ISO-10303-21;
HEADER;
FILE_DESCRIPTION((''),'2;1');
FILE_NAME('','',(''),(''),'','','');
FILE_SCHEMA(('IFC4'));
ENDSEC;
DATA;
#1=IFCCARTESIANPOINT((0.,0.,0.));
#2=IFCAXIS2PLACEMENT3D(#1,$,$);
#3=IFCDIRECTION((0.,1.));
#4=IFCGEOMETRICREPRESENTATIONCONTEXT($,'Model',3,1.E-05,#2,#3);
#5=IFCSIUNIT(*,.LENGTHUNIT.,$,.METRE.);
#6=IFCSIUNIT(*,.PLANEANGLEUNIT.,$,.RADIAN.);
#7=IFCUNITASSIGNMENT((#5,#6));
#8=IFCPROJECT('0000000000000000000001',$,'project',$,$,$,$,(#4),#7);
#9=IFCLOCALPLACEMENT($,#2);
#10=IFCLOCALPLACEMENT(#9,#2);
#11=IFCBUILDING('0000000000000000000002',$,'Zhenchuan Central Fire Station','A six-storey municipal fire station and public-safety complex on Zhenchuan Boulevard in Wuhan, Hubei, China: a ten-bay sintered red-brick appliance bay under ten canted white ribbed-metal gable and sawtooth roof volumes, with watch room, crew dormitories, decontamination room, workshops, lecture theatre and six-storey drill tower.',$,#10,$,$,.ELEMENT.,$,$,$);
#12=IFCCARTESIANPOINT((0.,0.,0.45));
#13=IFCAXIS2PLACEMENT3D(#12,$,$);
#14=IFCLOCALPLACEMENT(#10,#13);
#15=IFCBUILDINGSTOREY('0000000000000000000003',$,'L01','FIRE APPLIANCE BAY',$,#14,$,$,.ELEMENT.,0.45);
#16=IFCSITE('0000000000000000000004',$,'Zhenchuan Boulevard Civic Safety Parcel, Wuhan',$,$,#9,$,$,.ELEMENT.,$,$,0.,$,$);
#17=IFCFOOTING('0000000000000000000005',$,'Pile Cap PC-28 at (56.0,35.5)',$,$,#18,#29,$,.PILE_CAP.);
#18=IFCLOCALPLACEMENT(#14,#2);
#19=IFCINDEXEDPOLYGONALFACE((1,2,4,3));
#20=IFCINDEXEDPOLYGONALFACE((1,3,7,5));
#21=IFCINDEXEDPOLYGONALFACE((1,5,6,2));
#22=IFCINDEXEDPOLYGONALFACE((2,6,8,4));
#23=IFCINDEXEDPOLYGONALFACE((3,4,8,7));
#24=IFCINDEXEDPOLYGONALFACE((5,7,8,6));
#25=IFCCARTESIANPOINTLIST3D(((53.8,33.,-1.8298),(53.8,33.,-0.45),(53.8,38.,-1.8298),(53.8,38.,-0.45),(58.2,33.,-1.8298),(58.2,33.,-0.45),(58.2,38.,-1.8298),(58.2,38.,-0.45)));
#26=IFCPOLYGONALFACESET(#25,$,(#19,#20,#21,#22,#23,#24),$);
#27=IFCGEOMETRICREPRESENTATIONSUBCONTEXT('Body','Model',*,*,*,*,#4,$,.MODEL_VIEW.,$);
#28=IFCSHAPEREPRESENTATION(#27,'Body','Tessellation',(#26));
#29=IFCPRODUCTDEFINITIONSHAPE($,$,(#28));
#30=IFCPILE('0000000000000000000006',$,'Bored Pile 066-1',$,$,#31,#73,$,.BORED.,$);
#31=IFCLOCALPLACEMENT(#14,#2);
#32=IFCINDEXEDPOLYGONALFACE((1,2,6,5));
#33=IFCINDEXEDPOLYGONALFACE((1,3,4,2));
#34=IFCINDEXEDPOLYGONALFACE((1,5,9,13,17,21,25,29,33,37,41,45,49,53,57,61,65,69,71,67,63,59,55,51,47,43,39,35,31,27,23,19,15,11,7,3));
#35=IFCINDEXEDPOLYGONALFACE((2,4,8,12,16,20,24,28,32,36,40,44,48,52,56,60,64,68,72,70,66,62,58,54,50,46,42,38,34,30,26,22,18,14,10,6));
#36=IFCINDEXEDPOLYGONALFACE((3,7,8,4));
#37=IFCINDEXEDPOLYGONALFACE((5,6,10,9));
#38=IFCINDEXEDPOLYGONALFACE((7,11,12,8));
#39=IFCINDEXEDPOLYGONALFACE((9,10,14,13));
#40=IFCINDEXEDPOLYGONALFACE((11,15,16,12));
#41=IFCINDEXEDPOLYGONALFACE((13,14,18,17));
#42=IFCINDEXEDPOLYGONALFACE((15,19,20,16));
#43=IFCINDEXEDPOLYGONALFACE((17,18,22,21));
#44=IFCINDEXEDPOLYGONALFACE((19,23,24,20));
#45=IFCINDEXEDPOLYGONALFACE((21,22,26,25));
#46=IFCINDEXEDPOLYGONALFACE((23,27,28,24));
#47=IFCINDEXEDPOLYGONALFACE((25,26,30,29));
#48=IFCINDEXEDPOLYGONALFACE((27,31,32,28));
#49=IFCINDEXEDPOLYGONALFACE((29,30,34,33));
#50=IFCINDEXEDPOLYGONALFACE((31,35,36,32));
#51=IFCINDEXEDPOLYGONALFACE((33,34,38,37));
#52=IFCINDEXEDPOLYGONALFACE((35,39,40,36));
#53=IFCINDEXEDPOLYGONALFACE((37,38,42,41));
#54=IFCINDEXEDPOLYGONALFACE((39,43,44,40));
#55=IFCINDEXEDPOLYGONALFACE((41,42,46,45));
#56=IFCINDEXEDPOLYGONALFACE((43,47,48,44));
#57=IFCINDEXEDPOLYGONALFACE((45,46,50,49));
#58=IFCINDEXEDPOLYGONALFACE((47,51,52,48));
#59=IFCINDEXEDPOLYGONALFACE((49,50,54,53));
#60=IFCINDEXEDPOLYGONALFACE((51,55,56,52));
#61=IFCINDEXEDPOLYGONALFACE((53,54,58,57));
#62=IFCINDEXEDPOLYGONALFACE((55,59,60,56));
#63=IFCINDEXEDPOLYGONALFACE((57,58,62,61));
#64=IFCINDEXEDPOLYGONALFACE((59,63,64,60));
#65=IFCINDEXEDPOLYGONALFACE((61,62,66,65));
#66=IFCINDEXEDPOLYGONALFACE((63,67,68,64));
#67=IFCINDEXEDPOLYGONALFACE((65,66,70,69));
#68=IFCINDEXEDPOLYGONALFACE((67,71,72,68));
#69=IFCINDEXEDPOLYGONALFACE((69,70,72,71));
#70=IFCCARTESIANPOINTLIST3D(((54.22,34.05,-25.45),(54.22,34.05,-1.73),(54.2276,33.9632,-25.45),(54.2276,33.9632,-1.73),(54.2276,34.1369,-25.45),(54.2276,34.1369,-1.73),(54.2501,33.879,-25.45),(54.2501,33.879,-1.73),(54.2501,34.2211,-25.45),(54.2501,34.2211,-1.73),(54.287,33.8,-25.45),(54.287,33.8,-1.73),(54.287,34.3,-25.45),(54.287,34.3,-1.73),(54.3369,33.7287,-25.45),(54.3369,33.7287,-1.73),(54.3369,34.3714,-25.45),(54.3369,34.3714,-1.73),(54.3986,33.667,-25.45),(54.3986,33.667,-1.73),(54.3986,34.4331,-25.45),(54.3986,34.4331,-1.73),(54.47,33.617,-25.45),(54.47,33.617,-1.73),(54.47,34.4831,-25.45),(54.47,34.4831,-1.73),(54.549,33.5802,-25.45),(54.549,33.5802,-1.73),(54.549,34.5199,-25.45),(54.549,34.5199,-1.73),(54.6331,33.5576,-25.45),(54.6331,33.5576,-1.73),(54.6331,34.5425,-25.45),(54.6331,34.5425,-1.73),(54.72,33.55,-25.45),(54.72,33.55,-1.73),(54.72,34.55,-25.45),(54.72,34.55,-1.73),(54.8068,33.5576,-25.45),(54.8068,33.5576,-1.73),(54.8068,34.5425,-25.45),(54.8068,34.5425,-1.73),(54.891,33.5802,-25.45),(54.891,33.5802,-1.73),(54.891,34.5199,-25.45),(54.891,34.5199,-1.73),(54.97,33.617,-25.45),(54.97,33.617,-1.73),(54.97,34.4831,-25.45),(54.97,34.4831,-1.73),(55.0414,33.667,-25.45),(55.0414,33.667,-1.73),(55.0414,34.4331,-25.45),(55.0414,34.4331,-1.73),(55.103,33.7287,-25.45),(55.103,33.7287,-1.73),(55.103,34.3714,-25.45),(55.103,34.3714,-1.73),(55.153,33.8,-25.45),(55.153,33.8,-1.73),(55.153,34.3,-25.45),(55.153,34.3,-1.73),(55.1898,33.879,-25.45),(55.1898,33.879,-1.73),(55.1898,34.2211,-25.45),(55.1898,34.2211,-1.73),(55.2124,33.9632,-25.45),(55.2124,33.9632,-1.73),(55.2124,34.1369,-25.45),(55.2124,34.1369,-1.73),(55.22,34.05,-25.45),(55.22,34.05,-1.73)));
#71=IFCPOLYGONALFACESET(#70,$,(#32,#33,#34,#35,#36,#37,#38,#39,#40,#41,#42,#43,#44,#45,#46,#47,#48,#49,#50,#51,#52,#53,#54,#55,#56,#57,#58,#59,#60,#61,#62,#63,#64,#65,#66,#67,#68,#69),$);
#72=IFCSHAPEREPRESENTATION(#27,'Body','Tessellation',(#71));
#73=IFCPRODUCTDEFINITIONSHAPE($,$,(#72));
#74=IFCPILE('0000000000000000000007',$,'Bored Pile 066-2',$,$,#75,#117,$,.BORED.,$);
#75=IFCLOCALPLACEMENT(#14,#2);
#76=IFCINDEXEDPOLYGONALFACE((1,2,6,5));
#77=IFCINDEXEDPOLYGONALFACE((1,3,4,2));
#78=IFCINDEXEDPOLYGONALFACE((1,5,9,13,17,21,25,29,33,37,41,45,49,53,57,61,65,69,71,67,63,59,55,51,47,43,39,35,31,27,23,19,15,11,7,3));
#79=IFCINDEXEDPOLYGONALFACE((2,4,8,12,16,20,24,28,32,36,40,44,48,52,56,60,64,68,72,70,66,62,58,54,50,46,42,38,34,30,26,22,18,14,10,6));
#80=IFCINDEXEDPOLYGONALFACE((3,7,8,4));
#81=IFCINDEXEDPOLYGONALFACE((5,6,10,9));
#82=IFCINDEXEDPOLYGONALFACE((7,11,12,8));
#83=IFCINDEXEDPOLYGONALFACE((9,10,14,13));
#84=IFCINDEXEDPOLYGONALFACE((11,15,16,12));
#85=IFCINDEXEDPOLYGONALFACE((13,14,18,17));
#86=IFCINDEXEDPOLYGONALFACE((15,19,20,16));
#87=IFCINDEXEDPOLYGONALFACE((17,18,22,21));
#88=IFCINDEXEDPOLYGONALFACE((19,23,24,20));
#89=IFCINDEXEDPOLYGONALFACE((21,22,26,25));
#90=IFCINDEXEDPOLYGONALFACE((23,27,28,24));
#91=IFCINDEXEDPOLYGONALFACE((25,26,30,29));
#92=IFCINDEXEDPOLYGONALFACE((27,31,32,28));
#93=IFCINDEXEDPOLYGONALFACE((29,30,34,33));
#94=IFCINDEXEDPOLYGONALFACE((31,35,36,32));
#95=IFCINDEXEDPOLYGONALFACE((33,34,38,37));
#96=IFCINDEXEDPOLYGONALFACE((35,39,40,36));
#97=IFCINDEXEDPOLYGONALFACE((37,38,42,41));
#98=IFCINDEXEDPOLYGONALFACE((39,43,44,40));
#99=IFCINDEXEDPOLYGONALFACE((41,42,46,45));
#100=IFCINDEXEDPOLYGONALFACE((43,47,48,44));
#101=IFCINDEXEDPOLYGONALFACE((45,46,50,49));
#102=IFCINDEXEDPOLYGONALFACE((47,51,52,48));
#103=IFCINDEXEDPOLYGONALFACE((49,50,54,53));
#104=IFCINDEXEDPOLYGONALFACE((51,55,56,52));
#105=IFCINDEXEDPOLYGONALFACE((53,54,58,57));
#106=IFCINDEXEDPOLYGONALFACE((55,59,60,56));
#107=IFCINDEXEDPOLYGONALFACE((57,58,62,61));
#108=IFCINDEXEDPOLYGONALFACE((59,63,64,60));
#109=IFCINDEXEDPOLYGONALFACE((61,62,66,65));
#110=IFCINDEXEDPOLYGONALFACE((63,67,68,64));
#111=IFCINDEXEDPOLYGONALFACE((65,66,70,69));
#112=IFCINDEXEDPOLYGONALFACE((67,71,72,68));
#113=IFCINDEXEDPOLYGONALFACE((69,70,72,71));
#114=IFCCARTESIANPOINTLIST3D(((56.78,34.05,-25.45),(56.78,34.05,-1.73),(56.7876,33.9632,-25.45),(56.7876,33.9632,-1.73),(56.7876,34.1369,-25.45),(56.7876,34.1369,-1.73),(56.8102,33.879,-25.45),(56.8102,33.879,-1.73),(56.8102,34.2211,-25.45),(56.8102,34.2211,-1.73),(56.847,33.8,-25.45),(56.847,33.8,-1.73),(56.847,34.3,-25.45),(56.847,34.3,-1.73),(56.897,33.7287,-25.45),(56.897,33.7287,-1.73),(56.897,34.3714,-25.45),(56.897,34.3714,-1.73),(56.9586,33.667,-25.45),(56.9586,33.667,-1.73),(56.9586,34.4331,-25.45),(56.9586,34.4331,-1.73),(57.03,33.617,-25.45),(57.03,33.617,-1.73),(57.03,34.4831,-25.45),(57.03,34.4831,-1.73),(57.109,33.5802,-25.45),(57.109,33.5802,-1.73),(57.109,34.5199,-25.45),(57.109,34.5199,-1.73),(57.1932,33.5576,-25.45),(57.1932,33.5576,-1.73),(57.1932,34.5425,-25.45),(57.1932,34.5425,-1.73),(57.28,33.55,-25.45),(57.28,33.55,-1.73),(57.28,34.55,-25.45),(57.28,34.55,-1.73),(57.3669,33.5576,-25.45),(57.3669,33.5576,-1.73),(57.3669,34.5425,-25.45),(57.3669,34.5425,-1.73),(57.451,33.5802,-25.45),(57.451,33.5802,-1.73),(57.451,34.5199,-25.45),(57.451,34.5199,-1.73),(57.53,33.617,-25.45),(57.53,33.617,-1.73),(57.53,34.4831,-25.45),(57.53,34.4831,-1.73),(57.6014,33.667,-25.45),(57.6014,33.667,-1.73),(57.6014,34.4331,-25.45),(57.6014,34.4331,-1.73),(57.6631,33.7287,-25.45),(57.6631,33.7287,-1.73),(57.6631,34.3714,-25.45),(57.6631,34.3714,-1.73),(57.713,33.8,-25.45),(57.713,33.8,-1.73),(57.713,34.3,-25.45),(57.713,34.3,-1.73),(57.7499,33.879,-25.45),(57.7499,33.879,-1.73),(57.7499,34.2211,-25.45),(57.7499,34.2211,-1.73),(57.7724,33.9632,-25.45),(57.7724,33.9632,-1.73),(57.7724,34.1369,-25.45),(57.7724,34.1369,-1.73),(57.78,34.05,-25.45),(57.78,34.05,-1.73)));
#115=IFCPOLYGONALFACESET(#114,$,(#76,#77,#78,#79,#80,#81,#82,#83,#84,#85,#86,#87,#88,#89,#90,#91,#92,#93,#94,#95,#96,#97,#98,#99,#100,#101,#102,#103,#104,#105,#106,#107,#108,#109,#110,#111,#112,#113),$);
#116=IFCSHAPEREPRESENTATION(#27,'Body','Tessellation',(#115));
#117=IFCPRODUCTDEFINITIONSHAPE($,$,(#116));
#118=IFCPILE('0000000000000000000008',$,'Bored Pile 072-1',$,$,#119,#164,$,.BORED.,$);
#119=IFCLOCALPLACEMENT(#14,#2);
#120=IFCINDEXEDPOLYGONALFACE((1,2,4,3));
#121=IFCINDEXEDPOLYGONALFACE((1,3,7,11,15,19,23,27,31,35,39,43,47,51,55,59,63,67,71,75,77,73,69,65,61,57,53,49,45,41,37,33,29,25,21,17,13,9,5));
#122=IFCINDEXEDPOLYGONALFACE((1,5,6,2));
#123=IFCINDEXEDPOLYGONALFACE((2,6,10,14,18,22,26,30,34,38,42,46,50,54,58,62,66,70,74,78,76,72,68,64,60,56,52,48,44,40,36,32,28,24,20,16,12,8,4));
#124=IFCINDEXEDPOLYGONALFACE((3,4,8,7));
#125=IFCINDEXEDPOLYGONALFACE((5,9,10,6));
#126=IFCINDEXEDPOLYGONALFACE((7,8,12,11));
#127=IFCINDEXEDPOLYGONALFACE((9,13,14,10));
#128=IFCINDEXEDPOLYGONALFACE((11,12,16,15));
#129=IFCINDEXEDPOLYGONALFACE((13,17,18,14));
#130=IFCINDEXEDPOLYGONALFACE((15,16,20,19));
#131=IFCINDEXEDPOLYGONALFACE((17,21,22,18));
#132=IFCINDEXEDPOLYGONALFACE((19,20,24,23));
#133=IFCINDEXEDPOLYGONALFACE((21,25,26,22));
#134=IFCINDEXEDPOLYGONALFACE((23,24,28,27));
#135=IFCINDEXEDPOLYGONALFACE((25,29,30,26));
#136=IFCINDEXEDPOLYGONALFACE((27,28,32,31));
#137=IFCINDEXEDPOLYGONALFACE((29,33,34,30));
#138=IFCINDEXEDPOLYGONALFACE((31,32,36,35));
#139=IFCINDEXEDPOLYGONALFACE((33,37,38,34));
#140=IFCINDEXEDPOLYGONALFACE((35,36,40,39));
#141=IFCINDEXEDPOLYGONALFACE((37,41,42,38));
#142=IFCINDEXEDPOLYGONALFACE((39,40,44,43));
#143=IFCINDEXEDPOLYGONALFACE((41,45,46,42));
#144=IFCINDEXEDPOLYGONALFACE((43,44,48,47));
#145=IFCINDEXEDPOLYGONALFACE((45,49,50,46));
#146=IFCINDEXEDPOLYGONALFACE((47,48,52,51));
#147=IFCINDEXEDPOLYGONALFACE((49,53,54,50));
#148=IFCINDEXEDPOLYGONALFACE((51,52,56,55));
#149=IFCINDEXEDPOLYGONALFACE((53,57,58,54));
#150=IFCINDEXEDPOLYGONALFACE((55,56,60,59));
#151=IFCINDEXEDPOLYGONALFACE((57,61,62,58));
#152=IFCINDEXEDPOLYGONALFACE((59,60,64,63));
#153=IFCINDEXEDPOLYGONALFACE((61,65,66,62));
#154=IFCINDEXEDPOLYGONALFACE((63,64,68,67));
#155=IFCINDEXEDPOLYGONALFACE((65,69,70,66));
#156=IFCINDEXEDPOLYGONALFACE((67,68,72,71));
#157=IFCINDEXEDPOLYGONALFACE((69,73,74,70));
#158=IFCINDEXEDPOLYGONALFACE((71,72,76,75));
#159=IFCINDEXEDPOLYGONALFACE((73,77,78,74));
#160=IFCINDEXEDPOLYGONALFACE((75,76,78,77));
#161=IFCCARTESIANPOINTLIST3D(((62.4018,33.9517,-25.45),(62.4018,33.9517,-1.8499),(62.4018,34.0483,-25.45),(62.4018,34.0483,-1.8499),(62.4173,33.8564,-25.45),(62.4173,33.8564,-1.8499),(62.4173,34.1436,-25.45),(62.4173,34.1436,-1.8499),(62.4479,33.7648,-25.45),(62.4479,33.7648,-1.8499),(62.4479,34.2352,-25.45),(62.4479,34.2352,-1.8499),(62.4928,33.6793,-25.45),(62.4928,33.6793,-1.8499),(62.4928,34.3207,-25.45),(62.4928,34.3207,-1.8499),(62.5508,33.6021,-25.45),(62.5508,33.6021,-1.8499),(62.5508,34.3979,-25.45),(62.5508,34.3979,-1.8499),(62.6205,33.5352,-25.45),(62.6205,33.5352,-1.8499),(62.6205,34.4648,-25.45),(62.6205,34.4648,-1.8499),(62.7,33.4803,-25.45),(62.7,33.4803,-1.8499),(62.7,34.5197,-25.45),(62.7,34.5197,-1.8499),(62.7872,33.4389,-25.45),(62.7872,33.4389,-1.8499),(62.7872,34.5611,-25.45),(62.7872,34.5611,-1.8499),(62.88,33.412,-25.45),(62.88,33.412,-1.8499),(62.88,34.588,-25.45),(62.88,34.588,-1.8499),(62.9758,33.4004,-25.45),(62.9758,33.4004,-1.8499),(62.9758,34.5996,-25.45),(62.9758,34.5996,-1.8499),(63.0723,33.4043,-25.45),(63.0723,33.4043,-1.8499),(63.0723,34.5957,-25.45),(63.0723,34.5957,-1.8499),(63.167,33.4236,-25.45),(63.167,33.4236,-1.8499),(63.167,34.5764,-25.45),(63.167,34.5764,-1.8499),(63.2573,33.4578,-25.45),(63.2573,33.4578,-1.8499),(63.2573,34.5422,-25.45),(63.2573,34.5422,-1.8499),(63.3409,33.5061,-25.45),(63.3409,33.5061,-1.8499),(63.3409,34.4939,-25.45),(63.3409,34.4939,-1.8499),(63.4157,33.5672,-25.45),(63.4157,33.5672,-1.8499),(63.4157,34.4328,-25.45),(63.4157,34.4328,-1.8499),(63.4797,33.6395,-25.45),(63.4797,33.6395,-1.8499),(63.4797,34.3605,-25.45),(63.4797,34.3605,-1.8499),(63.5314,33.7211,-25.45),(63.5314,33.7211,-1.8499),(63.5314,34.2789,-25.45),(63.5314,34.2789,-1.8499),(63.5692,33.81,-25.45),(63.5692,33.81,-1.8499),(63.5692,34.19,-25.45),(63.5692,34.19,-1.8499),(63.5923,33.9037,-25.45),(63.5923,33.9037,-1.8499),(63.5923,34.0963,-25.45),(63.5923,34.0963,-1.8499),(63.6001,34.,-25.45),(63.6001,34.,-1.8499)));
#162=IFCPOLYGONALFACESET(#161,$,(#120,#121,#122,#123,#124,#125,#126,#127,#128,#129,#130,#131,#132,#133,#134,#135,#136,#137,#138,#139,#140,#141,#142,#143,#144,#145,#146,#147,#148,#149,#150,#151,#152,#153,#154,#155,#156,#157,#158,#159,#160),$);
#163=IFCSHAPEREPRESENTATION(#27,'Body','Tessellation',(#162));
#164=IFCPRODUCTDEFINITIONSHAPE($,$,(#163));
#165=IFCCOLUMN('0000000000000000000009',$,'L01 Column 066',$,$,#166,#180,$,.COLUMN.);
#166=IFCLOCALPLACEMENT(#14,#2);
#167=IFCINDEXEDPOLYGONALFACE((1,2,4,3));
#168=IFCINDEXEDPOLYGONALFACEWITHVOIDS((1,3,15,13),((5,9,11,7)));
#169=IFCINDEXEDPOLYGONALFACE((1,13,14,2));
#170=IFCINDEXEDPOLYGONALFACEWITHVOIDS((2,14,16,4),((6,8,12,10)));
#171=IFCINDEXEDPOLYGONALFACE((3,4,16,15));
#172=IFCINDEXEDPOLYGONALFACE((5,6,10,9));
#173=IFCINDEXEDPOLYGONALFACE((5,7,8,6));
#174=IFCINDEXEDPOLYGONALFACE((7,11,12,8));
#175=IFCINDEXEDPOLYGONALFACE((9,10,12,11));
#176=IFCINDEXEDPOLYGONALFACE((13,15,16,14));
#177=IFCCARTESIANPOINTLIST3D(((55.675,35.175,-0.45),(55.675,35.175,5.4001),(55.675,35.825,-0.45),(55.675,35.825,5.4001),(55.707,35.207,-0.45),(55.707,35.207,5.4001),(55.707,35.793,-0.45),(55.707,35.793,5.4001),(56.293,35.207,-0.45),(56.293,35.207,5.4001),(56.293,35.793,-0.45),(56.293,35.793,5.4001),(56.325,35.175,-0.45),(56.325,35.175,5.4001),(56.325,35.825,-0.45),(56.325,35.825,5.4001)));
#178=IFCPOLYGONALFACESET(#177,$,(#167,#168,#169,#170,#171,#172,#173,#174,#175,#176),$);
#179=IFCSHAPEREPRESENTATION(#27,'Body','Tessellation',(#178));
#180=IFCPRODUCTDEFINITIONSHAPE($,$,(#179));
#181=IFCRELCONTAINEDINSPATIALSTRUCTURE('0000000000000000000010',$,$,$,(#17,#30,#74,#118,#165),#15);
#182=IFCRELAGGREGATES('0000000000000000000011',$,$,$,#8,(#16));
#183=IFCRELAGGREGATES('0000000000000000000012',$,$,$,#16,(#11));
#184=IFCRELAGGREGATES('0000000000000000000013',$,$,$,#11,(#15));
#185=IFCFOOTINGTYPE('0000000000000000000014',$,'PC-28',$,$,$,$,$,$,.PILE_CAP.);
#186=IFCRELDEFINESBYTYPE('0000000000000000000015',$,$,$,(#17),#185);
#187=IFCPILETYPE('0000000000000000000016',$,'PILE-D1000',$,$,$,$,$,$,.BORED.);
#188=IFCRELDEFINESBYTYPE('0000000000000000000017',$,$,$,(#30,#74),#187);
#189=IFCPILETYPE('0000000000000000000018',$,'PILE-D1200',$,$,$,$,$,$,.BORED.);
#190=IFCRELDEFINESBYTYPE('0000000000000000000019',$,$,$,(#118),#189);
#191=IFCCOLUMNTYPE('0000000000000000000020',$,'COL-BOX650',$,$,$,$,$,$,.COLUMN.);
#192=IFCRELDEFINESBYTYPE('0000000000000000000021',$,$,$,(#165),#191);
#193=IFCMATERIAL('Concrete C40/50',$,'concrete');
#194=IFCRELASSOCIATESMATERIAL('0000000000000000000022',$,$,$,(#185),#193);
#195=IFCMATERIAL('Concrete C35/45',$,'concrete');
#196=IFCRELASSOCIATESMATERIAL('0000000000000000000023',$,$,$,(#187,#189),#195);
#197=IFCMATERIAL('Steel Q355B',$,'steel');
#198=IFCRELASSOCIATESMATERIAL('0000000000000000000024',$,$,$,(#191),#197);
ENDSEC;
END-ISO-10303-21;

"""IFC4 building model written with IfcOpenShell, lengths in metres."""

from ifc_helpers import new_model, si_unit, direction, frame, origin, origin_2d, place, context, subcontext, project, spatial, rectangle, hollow_rectangle, circle, extrude, material, material_profile, profile_set, type_object, element, save


model = new_model("IFC4")

# Units and contexts
model_context = context("Model", 3, precision=1e-05, world=origin(), true_north=direction((0.0, 1.0)))
body_context = subcontext(model_context, "Body", "Model", "MODEL_VIEW")
ifc_project = project(units=[si_unit("LENGTHUNIT", "METRE"), si_unit("PLANEANGLEUNIT", "RADIAN")], contexts=[model_context])

# Site, building, storey
site_placement = place(None, origin())
site = spatial("IfcSite", under=ifc_project, at=site_placement, Name="Zhenchuan Boulevard Civic Safety Parcel, Wuhan", CompositionType="ELEMENT", RefElevation=0.0)
building_placement = place(site_placement, origin())
building = spatial("IfcBuilding", under=site, at=building_placement, Name="Zhenchuan Central Fire Station", Description="A six-storey municipal fire station and public-safety complex on Zhenchuan Boulevard in Wuhan, Hubei, China: a ten-bay sintered red-brick appliance bay under ten canted white ribbed-metal gable and sawtooth roof volumes, with watch room, crew dormitories, decontamination room, workshops, lecture theatre and six-storey drill tower.", CompositionType="ELEMENT")
storey_placement = place(building_placement, frame((0.0, 0.0, 0.45)))
storey = spatial("IfcBuildingStorey", under=building, at=storey_placement, Name="L01", Description="FIRE APPLIANCE BAY", CompositionType="ELEMENT", Elevation=0.45)

# Footing
ifc_material_1 = material(Name="Concrete C40/50", Category="concrete")
footing_type = type_object("IfcFootingType", Name="PC-28", PredefinedType="PILE_CAP", material=ifc_material_1)
footing_placement = place(storey_placement, frame((56.0, 35.5, -1.8298), z_axis=(0.0, 0.0, 1.0), x_axis=(1.0, 0.0, 0.0)))
element("IfcFooting", 1, at=footing_placement, inside=storey, type_object=footing_type, Name="Pile Cap PC-28 at (56.0,35.5)", PredefinedType="PILE_CAP", context=body_context, shape_type="SweptSolid", body=[
    extrude(rectangle(XDim=4.3999, YDim=5.0, at=origin_2d()), origin(), (0.0, 0.0, 1.0), 1.3799),
])

# Piles
ifc_material_2 = material(Name="Concrete C35/45", Category="concrete")
ifc_material_profile_1 = material_profile(ifc_material_2, circle(Radius=0.5, at=origin_2d()), Name="PILE D1000")
ifc_profile_set_1 = profile_set([ifc_material_profile_1], Name="Concrete C35/45")
pile_type_1 = type_object("IfcPileType", Name="PILE-D1000", PredefinedType="BORED", material=ifc_profile_set_1)
for number, where, z_axis, x_axis, name in (
    (2, (54.72, 34.05, -1.73), (0.0, 0.0, -1.0), (1.0, 0.0, 0.0), "Bored Pile 066-1"),
    (3, (57.28, 34.05, -1.73), (0.0, 0.0, -1.0), (1.0, 0.0, 0.0), "Bored Pile 066-2"),
):
    element("IfcPile", number, at=place(storey_placement, frame(where, z_axis=z_axis, x_axis=x_axis)), inside=storey, type_object=pile_type_1, Name=name, PredefinedType="BORED", context=body_context, shape_type="SweptSolid", body=[
        extrude(circle(Radius=0.5, at=origin_2d()), origin(), (0.0, 0.0, 1.0), 23.72),
    ])
ifc_material_profile_2 = material_profile(ifc_material_2, circle(Radius=0.6001, at=origin_2d()), Name="PILE D1200")
ifc_profile_set_2 = profile_set([ifc_material_profile_2], Name="Concrete C35/45")
pile_type_2 = type_object("IfcPileType", Name="PILE-D1200", PredefinedType="BORED", material=ifc_profile_set_2)
pile_placement = place(storey_placement, frame((63.0, 34.0, -1.8499), z_axis=(0.0, 0.0, -1.0), x_axis=(1.0, 0.0, 0.0)))
element("IfcPile", 4, at=pile_placement, inside=storey, type_object=pile_type_2, Name="Bored Pile 072-1", PredefinedType="BORED", context=body_context, shape_type="SweptSolid", body=[
    extrude(circle(Radius=0.6001, at=origin_2d()), origin(), (0.0, 0.0, 1.0), 23.6001),
])

# Column
ifc_material_3 = material(Name="Steel Q355B", Category="steel")
ifc_material_profile_3 = material_profile(ifc_material_3, hollow_rectangle(XDim=0.6499, YDim=0.6499, WallThickness=0.032, at=origin_2d()), Name="BOX 650x650x32")
ifc_profile_set_3 = profile_set([ifc_material_profile_3], Name="Steel Q355B")
column_type = type_object("IfcColumnType", Name="COL-BOX650", PredefinedType="COLUMN", material=ifc_profile_set_3)
column_placement = place(storey_placement, frame((56.0, 35.5, -0.45), z_axis=(0.0, 0.0, 1.0), x_axis=(1.0, 0.0, 0.0)))
element("IfcColumn", 5, at=column_placement, inside=storey, type_object=column_type, Name="L01 Column 066", PredefinedType="COLUMN", context=body_context, shape_type="SweptSolid", body=[
    extrude(hollow_rectangle(XDim=0.6499, YDim=0.6499, WallThickness=0.032, at=origin_2d()), origin(), (0.0, 0.0, 1.0), 5.8501),
])

save(model, "model.ifc")
